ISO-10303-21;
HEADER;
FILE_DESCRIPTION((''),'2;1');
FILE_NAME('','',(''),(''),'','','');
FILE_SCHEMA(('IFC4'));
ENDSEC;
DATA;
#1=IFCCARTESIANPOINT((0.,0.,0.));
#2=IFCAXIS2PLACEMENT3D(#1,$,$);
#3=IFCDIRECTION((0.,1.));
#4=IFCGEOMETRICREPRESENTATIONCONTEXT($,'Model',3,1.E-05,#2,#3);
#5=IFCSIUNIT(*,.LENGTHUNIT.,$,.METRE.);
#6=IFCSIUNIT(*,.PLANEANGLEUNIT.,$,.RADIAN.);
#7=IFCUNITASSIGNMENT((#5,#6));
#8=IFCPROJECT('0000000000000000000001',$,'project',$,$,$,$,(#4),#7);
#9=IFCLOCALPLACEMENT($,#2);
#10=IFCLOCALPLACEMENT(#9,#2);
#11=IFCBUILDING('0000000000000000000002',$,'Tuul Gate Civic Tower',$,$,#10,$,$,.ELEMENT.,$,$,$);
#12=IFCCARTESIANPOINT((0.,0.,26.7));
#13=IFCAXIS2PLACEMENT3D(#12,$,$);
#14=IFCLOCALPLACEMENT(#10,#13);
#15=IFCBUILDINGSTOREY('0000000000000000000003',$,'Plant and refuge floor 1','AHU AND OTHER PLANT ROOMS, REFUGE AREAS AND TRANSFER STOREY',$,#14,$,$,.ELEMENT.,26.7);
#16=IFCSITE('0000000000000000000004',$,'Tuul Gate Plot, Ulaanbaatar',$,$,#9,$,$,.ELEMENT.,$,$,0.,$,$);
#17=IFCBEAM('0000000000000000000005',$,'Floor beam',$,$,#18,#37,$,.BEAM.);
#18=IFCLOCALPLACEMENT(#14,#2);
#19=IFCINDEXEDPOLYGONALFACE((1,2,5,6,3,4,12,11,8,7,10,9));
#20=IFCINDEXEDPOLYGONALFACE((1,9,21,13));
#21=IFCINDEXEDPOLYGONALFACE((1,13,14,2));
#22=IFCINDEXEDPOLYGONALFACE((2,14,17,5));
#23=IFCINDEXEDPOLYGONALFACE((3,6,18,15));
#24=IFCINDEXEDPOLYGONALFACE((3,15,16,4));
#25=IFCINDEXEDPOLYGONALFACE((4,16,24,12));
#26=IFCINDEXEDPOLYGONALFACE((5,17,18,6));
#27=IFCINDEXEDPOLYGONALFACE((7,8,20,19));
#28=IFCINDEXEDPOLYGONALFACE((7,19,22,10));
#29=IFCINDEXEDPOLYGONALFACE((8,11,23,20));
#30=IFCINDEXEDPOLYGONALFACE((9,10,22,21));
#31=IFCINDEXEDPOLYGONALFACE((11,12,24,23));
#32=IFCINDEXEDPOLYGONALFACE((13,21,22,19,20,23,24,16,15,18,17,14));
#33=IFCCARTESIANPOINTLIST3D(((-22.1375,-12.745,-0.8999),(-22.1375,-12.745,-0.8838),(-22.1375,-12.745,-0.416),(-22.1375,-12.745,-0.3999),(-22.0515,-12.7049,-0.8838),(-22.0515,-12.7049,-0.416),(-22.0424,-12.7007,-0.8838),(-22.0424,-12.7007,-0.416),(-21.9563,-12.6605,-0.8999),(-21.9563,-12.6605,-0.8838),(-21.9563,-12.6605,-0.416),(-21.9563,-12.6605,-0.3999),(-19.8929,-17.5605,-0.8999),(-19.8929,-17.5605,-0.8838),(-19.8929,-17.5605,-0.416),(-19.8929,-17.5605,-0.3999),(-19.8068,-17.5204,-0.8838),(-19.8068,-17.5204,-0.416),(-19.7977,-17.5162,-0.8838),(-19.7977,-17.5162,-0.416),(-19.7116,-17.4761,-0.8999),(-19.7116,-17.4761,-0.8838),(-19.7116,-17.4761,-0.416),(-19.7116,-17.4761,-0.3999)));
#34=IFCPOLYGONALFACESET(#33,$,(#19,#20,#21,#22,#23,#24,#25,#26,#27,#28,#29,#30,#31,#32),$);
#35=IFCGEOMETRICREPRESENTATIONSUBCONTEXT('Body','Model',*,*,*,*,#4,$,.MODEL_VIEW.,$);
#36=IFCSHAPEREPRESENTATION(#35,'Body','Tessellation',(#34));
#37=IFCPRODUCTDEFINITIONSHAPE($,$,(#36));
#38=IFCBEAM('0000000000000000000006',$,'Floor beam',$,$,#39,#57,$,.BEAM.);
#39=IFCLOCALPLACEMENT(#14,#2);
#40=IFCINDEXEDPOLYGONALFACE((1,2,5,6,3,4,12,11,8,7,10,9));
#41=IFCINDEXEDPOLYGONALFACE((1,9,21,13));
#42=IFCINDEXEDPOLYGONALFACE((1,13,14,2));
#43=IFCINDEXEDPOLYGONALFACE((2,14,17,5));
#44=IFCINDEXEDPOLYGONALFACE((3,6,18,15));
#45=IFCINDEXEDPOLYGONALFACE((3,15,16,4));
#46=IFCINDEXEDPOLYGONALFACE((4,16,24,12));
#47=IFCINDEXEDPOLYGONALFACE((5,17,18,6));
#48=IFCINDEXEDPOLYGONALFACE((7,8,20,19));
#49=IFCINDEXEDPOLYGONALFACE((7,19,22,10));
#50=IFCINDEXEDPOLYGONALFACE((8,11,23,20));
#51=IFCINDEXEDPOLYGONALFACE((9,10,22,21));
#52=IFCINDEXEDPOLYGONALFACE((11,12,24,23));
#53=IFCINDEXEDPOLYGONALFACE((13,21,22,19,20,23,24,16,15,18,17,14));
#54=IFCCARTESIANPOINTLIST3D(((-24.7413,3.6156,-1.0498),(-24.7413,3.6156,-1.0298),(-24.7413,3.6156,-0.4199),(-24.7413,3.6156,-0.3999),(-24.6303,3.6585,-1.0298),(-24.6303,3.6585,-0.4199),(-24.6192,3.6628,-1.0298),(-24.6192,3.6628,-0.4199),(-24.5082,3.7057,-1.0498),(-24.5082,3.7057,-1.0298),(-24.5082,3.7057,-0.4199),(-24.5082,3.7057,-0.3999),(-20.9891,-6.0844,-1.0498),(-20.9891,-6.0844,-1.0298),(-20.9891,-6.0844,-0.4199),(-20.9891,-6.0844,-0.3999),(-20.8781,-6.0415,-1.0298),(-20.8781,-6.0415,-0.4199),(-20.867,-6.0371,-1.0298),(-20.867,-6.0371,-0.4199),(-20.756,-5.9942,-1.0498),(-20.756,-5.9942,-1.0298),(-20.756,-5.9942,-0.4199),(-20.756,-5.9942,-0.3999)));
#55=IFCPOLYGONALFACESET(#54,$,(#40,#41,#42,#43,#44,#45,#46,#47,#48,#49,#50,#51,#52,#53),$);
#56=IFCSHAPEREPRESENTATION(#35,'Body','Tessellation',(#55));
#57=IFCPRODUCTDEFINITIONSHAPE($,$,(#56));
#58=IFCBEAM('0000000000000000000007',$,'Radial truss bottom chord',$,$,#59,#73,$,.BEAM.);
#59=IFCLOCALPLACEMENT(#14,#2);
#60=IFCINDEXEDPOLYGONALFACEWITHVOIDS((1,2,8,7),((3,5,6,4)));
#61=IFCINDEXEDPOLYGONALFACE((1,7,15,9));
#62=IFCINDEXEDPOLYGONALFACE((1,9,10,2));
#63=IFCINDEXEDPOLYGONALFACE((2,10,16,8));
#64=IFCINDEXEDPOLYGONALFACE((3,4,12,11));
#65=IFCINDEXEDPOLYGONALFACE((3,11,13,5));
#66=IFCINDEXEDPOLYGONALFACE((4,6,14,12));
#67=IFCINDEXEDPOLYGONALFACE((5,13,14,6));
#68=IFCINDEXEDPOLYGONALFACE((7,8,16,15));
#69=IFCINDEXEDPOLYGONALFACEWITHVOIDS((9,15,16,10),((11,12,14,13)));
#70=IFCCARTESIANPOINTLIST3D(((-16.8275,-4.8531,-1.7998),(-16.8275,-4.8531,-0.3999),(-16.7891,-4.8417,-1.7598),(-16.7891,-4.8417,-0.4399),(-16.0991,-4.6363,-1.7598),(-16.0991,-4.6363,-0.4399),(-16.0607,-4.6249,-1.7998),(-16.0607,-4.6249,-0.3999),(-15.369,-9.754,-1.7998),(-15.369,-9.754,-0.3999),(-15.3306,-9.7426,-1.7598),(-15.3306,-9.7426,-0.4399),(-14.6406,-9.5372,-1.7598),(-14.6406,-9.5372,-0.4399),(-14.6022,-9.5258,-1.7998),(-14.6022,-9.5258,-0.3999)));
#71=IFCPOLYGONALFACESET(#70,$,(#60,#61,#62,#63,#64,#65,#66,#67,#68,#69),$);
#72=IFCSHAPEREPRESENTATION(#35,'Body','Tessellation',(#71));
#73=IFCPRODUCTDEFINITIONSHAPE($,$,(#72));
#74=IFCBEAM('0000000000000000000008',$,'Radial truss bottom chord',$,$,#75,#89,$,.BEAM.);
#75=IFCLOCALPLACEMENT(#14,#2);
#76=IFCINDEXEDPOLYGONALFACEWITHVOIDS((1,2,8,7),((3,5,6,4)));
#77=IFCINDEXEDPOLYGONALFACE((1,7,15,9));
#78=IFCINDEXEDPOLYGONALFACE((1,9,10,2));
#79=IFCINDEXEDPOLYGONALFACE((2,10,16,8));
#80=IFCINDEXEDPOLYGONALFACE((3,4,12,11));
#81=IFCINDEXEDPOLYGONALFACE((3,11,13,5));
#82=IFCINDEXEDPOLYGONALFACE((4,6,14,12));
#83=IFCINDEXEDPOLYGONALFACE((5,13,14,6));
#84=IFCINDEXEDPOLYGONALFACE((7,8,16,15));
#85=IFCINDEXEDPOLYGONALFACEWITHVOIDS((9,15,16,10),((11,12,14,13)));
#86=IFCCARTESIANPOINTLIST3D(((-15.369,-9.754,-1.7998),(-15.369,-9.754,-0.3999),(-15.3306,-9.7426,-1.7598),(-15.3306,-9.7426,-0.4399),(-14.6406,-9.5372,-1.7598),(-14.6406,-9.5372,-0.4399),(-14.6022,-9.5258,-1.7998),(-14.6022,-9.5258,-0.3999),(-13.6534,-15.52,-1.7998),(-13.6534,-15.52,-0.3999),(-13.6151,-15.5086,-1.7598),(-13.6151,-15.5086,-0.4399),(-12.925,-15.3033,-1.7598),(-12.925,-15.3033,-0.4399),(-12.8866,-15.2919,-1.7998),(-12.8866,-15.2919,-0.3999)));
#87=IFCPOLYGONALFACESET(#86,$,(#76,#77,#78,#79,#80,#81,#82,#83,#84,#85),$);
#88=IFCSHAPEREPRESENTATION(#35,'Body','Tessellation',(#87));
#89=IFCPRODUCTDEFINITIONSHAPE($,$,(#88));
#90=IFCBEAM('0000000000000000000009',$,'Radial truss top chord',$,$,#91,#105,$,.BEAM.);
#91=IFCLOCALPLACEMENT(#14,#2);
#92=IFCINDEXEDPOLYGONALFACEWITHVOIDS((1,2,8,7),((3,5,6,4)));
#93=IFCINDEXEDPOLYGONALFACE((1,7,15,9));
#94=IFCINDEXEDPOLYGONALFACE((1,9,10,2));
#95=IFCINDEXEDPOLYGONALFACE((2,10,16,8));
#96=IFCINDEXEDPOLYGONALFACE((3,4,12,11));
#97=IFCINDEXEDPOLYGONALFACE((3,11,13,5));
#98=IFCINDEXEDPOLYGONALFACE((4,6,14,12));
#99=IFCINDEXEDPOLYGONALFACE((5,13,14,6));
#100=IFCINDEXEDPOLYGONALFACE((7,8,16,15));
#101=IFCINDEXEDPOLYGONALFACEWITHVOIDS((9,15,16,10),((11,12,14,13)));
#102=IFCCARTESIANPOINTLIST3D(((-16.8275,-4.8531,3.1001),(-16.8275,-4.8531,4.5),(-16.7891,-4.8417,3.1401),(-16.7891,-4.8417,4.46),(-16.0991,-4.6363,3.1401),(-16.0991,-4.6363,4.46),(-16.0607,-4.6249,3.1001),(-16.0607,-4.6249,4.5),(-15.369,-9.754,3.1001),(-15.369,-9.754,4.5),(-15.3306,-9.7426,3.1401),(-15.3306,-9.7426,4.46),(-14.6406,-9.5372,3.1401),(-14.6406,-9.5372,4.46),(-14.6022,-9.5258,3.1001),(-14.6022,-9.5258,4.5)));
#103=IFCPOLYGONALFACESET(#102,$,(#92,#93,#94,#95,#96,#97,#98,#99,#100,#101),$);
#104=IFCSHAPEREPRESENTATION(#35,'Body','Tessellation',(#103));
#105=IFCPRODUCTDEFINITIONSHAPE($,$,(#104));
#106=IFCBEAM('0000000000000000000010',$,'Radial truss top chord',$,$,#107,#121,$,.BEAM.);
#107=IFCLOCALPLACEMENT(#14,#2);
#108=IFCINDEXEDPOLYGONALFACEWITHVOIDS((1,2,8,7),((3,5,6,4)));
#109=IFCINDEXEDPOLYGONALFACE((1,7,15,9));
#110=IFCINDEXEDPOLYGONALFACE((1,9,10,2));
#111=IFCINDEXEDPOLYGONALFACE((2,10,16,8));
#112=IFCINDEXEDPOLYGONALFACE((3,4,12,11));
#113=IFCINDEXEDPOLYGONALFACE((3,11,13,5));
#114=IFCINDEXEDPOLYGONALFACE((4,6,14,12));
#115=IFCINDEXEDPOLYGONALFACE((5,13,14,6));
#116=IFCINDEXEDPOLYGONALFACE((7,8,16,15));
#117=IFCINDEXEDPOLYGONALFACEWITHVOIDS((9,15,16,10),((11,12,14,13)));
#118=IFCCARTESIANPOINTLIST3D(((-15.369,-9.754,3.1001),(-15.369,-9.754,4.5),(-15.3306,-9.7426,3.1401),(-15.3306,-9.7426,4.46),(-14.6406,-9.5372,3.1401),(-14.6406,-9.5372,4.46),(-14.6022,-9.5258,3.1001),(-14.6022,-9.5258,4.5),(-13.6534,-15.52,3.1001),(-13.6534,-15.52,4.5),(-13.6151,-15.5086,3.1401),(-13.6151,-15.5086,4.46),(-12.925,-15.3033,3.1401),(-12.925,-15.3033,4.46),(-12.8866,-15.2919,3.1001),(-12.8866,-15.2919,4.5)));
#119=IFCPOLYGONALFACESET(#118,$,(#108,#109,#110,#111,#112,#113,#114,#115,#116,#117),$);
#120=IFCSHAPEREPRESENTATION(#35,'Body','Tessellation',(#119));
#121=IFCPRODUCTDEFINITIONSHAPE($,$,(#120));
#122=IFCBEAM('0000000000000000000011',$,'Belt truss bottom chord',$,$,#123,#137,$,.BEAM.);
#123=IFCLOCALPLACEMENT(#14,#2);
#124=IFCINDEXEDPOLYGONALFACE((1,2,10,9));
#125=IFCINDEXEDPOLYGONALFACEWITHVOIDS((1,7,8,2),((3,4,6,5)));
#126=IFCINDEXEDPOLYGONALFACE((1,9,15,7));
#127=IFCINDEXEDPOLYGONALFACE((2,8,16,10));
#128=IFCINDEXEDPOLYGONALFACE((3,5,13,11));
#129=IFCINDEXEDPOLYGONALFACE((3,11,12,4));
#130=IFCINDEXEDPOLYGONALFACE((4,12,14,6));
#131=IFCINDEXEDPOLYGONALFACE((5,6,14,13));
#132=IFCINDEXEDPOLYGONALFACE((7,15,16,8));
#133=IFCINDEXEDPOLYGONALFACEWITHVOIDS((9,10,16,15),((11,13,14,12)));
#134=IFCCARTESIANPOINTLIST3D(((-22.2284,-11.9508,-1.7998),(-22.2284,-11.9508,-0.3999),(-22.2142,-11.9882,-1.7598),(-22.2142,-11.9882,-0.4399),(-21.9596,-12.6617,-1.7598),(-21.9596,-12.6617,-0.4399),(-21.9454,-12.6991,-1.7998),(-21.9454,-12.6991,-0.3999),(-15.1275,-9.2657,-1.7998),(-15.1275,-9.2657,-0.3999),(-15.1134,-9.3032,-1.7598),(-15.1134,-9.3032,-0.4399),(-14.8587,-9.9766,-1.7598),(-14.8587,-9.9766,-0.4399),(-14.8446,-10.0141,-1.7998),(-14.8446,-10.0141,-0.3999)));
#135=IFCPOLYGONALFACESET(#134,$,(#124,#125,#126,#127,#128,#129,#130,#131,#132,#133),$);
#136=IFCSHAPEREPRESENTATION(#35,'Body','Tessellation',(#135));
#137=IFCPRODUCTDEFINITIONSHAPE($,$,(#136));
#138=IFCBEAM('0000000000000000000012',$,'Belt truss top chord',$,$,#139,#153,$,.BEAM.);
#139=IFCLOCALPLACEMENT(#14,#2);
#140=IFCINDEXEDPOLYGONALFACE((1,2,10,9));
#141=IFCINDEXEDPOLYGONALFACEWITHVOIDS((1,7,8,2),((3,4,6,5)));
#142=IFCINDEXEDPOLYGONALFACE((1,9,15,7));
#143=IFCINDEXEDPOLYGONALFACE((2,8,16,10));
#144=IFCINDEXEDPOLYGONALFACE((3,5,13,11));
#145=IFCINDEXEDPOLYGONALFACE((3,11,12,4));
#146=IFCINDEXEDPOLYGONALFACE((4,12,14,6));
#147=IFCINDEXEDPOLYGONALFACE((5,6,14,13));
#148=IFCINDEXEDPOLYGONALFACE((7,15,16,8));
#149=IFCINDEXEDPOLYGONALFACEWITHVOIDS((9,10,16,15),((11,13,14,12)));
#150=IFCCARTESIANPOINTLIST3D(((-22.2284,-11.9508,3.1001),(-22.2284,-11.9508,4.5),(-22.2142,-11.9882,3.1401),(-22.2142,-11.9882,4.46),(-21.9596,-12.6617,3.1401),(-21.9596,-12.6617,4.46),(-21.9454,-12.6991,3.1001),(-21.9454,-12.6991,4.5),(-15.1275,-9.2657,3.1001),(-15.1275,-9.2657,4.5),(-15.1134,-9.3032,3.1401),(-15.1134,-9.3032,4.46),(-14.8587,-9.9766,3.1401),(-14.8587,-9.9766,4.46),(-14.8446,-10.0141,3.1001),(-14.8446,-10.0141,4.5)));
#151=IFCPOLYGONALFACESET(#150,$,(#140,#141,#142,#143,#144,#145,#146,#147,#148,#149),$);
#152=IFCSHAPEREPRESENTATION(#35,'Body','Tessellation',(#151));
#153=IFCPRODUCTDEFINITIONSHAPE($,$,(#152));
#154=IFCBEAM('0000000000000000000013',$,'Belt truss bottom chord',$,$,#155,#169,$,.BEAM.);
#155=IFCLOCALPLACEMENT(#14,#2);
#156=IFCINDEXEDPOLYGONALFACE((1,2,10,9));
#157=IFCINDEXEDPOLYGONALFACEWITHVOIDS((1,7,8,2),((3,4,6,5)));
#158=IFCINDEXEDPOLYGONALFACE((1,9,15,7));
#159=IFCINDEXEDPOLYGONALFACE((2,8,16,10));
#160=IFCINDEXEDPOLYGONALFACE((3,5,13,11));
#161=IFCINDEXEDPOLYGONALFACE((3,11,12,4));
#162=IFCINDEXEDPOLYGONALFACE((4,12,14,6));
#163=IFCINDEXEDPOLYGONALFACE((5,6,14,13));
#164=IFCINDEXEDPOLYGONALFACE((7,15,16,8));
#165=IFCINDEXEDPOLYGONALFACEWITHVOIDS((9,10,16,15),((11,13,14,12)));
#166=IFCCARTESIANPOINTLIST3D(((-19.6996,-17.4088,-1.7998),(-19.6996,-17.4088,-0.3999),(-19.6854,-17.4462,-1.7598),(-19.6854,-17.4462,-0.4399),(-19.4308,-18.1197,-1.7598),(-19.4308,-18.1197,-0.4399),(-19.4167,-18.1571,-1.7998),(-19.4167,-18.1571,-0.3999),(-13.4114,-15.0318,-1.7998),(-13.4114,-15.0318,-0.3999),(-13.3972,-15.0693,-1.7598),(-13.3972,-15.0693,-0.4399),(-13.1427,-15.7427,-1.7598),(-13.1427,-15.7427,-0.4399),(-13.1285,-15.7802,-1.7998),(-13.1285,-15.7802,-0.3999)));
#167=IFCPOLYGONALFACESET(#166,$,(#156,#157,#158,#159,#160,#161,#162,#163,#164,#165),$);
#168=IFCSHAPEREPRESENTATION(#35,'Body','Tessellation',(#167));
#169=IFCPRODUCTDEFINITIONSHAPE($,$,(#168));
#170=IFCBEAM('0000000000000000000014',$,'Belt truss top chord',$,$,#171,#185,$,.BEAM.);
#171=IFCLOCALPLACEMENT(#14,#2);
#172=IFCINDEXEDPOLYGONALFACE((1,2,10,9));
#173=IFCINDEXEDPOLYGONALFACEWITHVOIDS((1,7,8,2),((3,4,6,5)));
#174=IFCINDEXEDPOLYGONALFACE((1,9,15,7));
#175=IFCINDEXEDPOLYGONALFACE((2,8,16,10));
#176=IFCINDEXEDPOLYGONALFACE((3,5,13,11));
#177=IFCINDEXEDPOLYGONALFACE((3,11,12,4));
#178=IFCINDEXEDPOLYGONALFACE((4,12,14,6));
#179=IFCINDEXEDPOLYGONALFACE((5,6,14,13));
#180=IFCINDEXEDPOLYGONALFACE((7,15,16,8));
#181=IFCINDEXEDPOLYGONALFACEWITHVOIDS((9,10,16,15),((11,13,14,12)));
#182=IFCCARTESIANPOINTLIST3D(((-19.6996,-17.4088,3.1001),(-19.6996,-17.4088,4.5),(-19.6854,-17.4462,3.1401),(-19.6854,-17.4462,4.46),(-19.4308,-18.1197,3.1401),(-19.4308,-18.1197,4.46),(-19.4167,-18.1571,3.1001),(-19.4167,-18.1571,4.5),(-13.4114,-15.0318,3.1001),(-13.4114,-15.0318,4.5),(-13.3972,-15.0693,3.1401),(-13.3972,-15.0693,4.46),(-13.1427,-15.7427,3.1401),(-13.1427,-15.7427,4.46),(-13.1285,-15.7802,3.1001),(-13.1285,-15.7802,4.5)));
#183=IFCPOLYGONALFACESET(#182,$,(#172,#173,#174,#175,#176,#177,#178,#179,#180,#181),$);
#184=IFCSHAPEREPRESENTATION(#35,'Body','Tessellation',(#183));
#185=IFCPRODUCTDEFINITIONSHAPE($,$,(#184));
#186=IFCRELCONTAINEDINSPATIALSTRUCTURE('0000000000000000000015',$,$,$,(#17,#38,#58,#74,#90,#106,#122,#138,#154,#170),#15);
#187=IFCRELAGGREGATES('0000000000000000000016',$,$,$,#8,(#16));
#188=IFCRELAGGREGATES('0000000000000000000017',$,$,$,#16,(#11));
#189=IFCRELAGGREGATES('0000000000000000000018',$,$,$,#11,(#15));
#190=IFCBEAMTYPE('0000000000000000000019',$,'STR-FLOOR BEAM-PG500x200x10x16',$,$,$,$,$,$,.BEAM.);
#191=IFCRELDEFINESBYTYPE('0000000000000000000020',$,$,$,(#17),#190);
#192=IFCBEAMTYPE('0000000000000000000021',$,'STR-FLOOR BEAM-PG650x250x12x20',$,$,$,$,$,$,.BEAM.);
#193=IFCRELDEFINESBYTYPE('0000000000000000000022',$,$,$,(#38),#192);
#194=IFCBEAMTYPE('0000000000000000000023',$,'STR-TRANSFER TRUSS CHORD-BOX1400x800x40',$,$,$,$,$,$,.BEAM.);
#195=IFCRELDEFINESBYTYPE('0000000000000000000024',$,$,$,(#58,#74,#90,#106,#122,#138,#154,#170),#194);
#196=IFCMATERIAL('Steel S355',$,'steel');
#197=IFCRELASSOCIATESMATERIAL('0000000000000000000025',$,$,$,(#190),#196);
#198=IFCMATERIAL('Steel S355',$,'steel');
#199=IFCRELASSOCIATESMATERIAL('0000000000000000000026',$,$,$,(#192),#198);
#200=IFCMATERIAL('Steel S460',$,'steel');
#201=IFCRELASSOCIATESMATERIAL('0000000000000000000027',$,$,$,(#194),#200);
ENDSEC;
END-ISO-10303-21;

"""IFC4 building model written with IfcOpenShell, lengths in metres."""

from ifc_helpers import new_model, si_unit, direction, frame, origin, origin_2d, place, context, subcontext, project, spatial, hollow_rectangle, i_section, extrude, material, material_profile, profile_set, type_object, element, save


model = new_model("IFC4")

# Units and contexts
model_context = context("Model", 3, precision=1e-05, world=origin(), true_north=direction((0.0, 1.0)))
body_context = subcontext(model_context, "Body", "Model", "MODEL_VIEW")
ifc_project = project(units=[si_unit("LENGTHUNIT", "METRE"), si_unit("PLANEANGLEUNIT", "RADIAN")], contexts=[model_context])

# Site, building, storey
site_placement = place(None, origin())
site = spatial("IfcSite", under=ifc_project, at=site_placement, Name="Tuul Gate Plot, Ulaanbaatar", CompositionType="ELEMENT", RefElevation=0.0)
building_placement = place(site_placement, origin())
building = spatial("IfcBuilding", under=site, at=building_placement, Name="Tuul Gate Civic Tower", CompositionType="ELEMENT")
storey_placement = place(building_placement, frame((0.0, 0.0, 26.7)))
storey = spatial("IfcBuildingStorey", under=building, at=storey_placement, Name="Plant and refuge floor 1", Description="AHU AND OTHER PLANT ROOMS, REFUGE AREAS AND TRANSFER STOREY", CompositionType="ELEMENT", Elevation=26.7)

# Beams
ifc_material_1 = material(Name="Steel S355", Category="steel")
ifc_material_profile_1 = material_profile(ifc_material_1, i_section(OverallWidth=0.2, OverallDepth=0.5, WebThickness=0.01, FlangeThickness=0.0161, at=origin_2d()), Name="PG500x200x10x16")
ifc_profile_set_1 = profile_set([ifc_material_profile_1], Name="Steel S355")
beam_type_1 = type_object("IfcBeamType", Name="STR-FLOOR BEAM-PG500x200x10x16", PredefinedType="BEAM", material=ifc_profile_set_1)
beam_1_placement = place(storey_placement, frame((-19.8022, -17.5183, -0.6499), z_axis=(-0.422488, 0.906369, 0.0), x_axis=(-0.906369, -0.422488, 0.0)))
element("IfcBeam", 1, at=beam_1_placement, inside=storey, type_object=beam_type_1, Name="Floor beam", PredefinedType="BEAM", context=body_context, shape_type="SweptSolid", body=[
    extrude(i_section(OverallWidth=0.2, OverallDepth=0.5, WebThickness=0.01, FlangeThickness=0.0161, at=origin_2d()), origin(), (0.0, 0.0, 1.0), 5.313),
])
ifc_material_2 = material(Name="Steel S355", Category="steel")
ifc_material_profile_2 = material_profile(ifc_material_2, i_section(OverallWidth=0.25, OverallDepth=0.6499, WebThickness=0.012, FlangeThickness=0.02, at=origin_2d()), Name="PG650x250x12x20")
ifc_profile_set_2 = profile_set([ifc_material_profile_2], Name="Steel S355")
beam_type_2 = type_object("IfcBeamType", Name="STR-FLOOR BEAM-PG650x250x12x20", PredefinedType="BEAM", material=ifc_profile_set_2)
beam_2_placement = place(storey_placement, frame((-20.8726, -6.0393, -0.7249), z_axis=(-0.360775, 0.932653, 0.0), x_axis=(-0.932653, -0.360775, 0.0)))
element("IfcBeam", 2, at=beam_2_placement, inside=storey, type_object=beam_type_2, Name="Floor beam", PredefinedType="BEAM", context=body_context, shape_type="SweptSolid", body=[
    extrude(i_section(OverallWidth=0.25, OverallDepth=0.6499, WebThickness=0.012, FlangeThickness=0.02, at=origin_2d()), origin(), (0.0, 0.0, 1.0), 10.4004),
])
ifc_material_3 = material(Name="Steel S460", Category="steel")
ifc_material_profile_3 = material_profile(ifc_material_3, hollow_rectangle(XDim=0.8, YDim=1.3999, WallThickness=0.04, at=origin_2d()), Name="BOX1400x800x40")
ifc_profile_set_3 = profile_set([ifc_material_profile_3], Name="Steel S460")
beam_type_3 = type_object("IfcBeamType", Name="STR-TRANSFER TRUSS CHORD-BOX1400x800x40", PredefinedType="BEAM", material=ifc_profile_set_3)
beam_3_placement = place(storey_placement, frame((-16.4441, -4.739, -1.0999), z_axis=(0.285236, -0.958457, 0.0), x_axis=(0.958457, 0.285236, 0.0)))
element("IfcBeam", 3, at=beam_3_placement, inside=storey, type_object=beam_type_3, Name="Radial truss bottom chord", PredefinedType="BEAM", context=body_context, shape_type="SweptSolid", body=[
    extrude(hollow_rectangle(XDim=0.8, YDim=1.3999, WallThickness=0.04, at=origin_2d()), origin(), (0.0, 0.0, 1.0), 5.1133),
])
beam_4_placement = place(storey_placement, frame((-14.9856, -9.6399, -1.0999), z_axis=(0.285173, -0.958476, 0.0), x_axis=(0.958476, 0.285173, 0.0)))
element("IfcBeam", 4, at=beam_4_placement, inside=storey, type_object=beam_type_3, Name="Radial truss bottom chord", PredefinedType="BEAM", context=body_context, shape_type="SweptSolid", body=[
    extrude(hollow_rectangle(XDim=0.8, YDim=1.3999, WallThickness=0.04, at=origin_2d()), origin(), (0.0, 0.0, 1.0), 6.0159),
])
beam_5_placement = place(storey_placement, frame((-16.4441, -4.739, 3.8), z_axis=(0.285236, -0.958457, 0.0), x_axis=(0.958457, 0.285236, 0.0)))
element("IfcBeam", 5, at=beam_5_placement, inside=storey, type_object=beam_type_3, Name="Radial truss top chord", PredefinedType="BEAM", context=body_context, shape_type="SweptSolid", body=[
    extrude(hollow_rectangle(XDim=0.8, YDim=1.3999, WallThickness=0.04, at=origin_2d()), origin(), (0.0, 0.0, 1.0), 5.1133),
])
beam_6_placement = place(storey_placement, frame((-14.9856, -9.6399, 3.8), z_axis=(0.285173, -0.958476, 0.0), x_axis=(0.958476, 0.285173, 0.0)))
element("IfcBeam", 6, at=beam_6_placement, inside=storey, type_object=beam_type_3, Name="Radial truss top chord", PredefinedType="BEAM", context=body_context, shape_type="SweptSolid", body=[
    extrude(hollow_rectangle(XDim=0.8, YDim=1.3999, WallThickness=0.04, at=origin_2d()), origin(), (0.0, 0.0, 1.0), 6.0159),
])
for number, where, z_axis, x_axis, name in (
    (7, (-22.0869, -12.325, -1.0999), (0.935362, 0.353691, 0.0), (-0.353691, 0.935362, 0.0), "Belt truss bottom chord"),
    (8, (-22.0869, -12.325, 3.8), (0.935362, 0.353691, 0.0), (-0.353691, 0.935362, 0.0), "Belt truss top chord"),
):
    element("IfcBeam", number, at=place(storey_placement, frame(where, z_axis=z_axis, x_axis=x_axis)), inside=storey, type_object=beam_type_3, Name=name, PredefinedType="BEAM", context=body_context, shape_type="SweptSolid", body=[
        extrude(hollow_rectangle(XDim=0.8, YDim=1.3999, WallThickness=0.04, at=origin_2d()), origin(), (0.0, 0.0, 1.0), 7.5916),
    ])
for number, where, z_axis, x_axis, name in (
    (9, (-19.5581, -17.783, -1.0999), (0.935401, 0.35359, 0.0), (-0.35359, 0.935401, 0.0), "Belt truss bottom chord"),
    (10, (-19.5581, -17.783, 3.8), (0.935401, 0.35359, 0.0), (-0.35359, 0.935401, 0.0), "Belt truss top chord"),
):
    element("IfcBeam", number, at=place(storey_placement, frame(where, z_axis=z_axis, x_axis=x_axis)), inside=storey, type_object=beam_type_3, Name=name, PredefinedType="BEAM", context=body_context, shape_type="SweptSolid", body=[
        extrude(hollow_rectangle(XDim=0.8, YDim=1.3999, WallThickness=0.04, at=origin_2d()), origin(), (0.0, 0.0, 1.0), 6.7224),
    ])

save(model, "model.ifc")
